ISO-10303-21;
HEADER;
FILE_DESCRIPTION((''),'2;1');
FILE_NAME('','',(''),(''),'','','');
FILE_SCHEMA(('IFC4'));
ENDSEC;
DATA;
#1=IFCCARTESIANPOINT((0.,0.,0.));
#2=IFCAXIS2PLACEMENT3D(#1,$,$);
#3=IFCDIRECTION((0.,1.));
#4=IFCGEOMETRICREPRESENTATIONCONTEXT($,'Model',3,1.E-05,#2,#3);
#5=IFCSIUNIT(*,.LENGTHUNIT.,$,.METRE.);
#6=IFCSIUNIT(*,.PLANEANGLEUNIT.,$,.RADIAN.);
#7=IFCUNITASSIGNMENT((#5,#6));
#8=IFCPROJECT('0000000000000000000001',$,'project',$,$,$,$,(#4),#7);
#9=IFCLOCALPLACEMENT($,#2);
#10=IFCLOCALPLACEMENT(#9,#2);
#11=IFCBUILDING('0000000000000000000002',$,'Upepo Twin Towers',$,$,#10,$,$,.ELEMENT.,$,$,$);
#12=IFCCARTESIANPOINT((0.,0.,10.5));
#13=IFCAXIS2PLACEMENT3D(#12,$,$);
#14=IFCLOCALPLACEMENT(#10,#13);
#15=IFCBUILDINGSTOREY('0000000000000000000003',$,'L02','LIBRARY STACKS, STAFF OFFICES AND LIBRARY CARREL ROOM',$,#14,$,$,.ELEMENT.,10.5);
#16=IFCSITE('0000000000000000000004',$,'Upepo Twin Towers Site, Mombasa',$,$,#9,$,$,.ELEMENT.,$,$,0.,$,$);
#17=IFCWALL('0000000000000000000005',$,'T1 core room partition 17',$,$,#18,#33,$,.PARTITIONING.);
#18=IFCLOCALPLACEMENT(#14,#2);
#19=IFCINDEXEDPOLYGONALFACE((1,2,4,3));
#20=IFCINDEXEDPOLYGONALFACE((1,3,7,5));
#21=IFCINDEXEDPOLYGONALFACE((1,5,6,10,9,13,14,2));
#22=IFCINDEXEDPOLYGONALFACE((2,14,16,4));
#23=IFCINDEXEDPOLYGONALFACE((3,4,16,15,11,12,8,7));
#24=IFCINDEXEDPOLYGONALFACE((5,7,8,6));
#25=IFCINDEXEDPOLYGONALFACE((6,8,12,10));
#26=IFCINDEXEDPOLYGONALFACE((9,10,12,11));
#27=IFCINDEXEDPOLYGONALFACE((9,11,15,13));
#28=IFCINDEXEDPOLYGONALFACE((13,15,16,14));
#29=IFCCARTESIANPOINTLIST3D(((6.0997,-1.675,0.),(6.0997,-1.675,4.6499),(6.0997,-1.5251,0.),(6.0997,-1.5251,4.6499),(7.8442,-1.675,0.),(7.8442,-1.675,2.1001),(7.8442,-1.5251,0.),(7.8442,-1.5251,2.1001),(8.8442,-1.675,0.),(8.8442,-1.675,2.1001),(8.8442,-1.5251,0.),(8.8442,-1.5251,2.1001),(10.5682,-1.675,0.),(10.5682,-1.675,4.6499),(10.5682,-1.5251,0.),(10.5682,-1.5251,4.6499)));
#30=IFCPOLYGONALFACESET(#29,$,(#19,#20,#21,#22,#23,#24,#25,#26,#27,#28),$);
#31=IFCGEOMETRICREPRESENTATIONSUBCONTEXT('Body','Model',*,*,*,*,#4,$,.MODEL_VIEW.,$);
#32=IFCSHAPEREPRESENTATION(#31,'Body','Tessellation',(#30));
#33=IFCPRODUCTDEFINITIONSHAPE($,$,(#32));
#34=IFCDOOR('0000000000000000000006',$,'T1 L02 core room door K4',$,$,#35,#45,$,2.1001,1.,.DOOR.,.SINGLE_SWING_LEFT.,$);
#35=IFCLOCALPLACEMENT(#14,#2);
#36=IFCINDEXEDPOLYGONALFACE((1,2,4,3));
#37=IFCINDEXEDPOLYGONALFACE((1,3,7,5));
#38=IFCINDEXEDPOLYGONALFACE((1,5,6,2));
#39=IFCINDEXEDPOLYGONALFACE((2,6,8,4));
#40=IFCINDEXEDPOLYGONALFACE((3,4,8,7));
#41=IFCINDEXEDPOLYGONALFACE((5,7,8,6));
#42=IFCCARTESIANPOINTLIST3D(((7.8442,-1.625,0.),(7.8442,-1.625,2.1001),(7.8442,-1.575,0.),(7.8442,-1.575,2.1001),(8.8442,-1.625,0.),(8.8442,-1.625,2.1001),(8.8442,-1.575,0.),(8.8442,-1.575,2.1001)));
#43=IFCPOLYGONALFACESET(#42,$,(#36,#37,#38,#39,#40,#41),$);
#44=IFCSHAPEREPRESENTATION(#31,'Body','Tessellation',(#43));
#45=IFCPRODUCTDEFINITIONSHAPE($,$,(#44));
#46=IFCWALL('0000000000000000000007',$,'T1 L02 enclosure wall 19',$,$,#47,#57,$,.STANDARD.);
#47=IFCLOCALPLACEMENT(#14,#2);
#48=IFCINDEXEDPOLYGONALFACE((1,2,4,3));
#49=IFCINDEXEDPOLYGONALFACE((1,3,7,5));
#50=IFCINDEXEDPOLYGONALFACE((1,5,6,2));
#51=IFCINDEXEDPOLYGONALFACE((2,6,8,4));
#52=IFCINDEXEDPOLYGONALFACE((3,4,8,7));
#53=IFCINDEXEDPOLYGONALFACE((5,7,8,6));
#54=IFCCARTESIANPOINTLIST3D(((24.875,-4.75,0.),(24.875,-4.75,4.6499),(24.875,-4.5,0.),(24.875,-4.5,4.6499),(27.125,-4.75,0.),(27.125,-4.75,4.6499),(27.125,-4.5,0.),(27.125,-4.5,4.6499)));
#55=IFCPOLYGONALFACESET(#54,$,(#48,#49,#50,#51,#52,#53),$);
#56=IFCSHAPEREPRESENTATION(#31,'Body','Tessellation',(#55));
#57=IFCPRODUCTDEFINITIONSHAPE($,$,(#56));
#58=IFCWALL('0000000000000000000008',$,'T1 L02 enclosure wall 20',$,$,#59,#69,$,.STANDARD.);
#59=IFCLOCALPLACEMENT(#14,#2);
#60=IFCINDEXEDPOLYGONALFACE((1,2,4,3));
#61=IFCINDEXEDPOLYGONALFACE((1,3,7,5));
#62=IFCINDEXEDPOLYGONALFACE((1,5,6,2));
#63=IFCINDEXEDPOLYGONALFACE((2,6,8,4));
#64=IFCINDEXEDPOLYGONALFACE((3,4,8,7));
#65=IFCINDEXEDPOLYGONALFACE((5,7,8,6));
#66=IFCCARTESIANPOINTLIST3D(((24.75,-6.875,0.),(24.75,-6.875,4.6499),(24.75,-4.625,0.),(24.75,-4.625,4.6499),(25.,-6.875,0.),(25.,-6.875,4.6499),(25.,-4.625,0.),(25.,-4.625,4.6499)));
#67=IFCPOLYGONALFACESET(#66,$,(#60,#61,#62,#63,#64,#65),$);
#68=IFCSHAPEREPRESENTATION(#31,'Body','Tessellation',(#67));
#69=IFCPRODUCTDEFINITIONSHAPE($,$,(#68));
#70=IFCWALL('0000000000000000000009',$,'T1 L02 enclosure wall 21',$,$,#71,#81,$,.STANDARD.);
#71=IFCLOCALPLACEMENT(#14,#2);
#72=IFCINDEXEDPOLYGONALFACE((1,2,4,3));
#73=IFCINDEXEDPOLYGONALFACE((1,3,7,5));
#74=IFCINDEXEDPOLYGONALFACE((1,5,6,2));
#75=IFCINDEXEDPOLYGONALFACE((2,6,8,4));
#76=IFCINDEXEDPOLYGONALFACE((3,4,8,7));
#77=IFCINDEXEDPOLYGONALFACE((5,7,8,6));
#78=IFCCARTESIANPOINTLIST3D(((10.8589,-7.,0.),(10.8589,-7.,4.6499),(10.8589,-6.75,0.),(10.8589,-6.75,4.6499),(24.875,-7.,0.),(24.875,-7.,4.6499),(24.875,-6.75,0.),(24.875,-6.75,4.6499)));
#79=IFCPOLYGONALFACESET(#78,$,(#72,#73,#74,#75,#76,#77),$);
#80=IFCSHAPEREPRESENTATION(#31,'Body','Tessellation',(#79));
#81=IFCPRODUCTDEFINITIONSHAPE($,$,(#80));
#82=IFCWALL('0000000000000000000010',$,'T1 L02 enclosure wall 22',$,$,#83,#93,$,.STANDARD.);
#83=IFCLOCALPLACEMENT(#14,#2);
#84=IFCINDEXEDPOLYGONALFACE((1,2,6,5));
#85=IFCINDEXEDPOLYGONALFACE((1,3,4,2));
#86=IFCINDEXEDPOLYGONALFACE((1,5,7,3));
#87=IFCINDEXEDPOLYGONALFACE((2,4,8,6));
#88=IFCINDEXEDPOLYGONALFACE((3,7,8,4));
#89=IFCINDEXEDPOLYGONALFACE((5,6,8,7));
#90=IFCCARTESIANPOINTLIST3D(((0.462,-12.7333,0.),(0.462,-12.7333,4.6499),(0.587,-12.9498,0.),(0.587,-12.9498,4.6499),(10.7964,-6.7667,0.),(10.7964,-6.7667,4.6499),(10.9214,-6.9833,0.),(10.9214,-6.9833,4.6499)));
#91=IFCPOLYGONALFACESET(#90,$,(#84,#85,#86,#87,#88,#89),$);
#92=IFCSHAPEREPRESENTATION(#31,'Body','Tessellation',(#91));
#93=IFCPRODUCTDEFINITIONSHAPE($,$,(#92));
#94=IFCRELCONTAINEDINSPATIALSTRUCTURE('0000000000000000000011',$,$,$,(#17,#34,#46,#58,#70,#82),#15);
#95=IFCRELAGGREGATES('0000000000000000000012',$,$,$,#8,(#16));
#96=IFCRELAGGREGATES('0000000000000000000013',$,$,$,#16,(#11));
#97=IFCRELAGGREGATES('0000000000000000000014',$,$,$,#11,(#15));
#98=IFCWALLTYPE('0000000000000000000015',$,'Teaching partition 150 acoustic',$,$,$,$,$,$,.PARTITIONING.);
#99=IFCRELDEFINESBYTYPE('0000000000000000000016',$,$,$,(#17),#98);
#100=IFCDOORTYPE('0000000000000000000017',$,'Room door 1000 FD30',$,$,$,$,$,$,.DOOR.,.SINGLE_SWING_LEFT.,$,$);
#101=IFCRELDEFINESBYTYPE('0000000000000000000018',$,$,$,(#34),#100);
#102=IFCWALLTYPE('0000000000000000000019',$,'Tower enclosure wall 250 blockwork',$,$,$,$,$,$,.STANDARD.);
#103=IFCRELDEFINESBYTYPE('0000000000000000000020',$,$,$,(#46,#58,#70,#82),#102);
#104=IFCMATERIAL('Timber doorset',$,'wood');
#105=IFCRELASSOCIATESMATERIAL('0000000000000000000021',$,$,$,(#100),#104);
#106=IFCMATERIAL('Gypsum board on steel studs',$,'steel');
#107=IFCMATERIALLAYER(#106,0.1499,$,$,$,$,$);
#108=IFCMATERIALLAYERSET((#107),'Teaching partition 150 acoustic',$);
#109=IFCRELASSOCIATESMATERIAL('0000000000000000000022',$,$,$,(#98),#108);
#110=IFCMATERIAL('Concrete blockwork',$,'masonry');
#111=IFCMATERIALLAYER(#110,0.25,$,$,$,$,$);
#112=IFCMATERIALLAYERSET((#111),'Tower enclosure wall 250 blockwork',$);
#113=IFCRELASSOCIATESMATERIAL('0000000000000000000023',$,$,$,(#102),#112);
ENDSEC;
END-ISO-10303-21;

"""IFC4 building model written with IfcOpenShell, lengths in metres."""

from ifc_helpers import new_model, si_unit, direction, frame, frame_2d, origin, place, context, subcontext, project, spatial, rectangle, extrude, material, layer, layer_set, type_object, element, fill, save


model = new_model("IFC4")

# Units and contexts
model_context = context("Model", 3, precision=1e-05, world=origin(), true_north=direction((0.0, 1.0)))
body_context = subcontext(model_context, "Body", "Model", "MODEL_VIEW")
ifc_project = project(units=[si_unit("LENGTHUNIT", "METRE"), si_unit("PLANEANGLEUNIT", "RADIAN")], contexts=[model_context])

# Site, building, storey
site_placement = place(None, origin())
site = spatial("IfcSite", under=ifc_project, at=site_placement, Name="Upepo Twin Towers Site, Mombasa", CompositionType="ELEMENT", RefElevation=0.0)
building_placement = place(site_placement, origin())
building = spatial("IfcBuilding", under=site, at=building_placement, Name="Upepo Twin Towers", CompositionType="ELEMENT")
storey_placement = place(building_placement, frame((0.0, 0.0, 10.5)))
storey = spatial("IfcBuildingStorey", under=building, at=storey_placement, Name="L02", Description="LIBRARY STACKS, STAFF OFFICES AND LIBRARY CARREL ROOM", CompositionType="ELEMENT", Elevation=10.5)

# Shared definitions
ifc_material_1 = material(Name="Timber doorset", Category="wood")
door_type_1 = type_object("IfcDoorType", Name="Room door 1000 FD30", OperationType="SINGLE_SWING_LEFT", PredefinedType="DOOR", material=ifc_material_1)

# Shared definitions
ifc_material_2 = material(Name="Gypsum board on steel studs", Category="steel")
ifc_layer_1 = layer(ifc_material_2, 0.1499)
ifc_layer_set_1 = layer_set([ifc_layer_1], Name="Teaching partition 150 acoustic")
wall_type_1 = type_object("IfcWallType", Name="Teaching partition 150 acoustic", PredefinedType="PARTITIONING", material=ifc_layer_set_1)

# Wall, opening, door
wall_1_placement = place(storey_placement, frame((10.5684, -1.6001, 0.0), z_axis=(0.0, 0.0, 1.0), x_axis=(-1.0, 0.0, 0.0)))
wall_1 = element("IfcWall", 1, at=wall_1_placement, inside=storey, type_object=wall_type_1, Name="T1 core room partition 17", PredefinedType="PARTITIONING", context=body_context, shape_type="SweptSolid", body=[
    extrude(rectangle(XDim=4.4685, YDim=0.1499, at=frame_2d((2.2344, 0.0))), origin(), (0.0, 0.0, 1.0), 4.6499),
])
opening_1_placement = place(wall_1_placement, frame((1.7241, 0.0, 0.0)))
opening_1 = element("IfcOpeningElement", 2, at=opening_1_placement, cuts=wall_1, PredefinedType="OPENING", context=body_context, shape_type="SweptSolid", body=[
    extrude(rectangle(XDim=1.0, YDim=2.1001, at=frame_2d((0.5, 1.05))), frame((0.0, 0.085, 0.0), z_axis=(0.0, -1.0, 0.0), x_axis=(1.0, 0.0, 0.0)), (0.0, 0.0, 1.0), 0.1699),
])
door_1_placement = place(opening_1_placement, origin())
door_1 = element("IfcDoor", 3, at=door_1_placement, inside=storey, type_object=door_type_1, Name="T1 L02 core room door K4", OperationType="SINGLE_SWING_LEFT", OverallHeight=2.1001, OverallWidth=1.0, PredefinedType="DOOR", context=body_context, shape_type="SweptSolid", body=[
    extrude(rectangle(XDim=1.0, YDim=2.1001, at=frame_2d((0.5, 1.05))), frame((0.0, 0.0249, 0.0), z_axis=(0.0, -1.0, 0.0), x_axis=(1.0, 0.0, 0.0)), (0.0, 0.0, 1.0), 0.05),
])
fill(opening_1, door_1)

# Walls
ifc_material_3 = material(Name="Concrete blockwork", Category="masonry")
ifc_layer_2 = layer(ifc_material_3, 0.25)
ifc_layer_set_2 = layer_set([ifc_layer_2], Name="Tower enclosure wall 250 blockwork")
wall_type_2 = type_object("IfcWallType", Name="Tower enclosure wall 250 blockwork", PredefinedType="STANDARD", material=ifc_layer_set_2)
for number, where, z_axis, x_axis, name in (
    (4, (27.125, -4.625, 0.0), (0.0, 0.0, 1.0), (-1.0, 0.0, 0.0), "T1 L02 enclosure wall 19"),
    (5, (24.875, -4.625, 0.0), (0.0, 0.0, 1.0), (0.0, -1.0, 0.0), "T1 L02 enclosure wall 20"),
):
    element("IfcWall", number, at=place(storey_placement, frame(where, z_axis=z_axis, x_axis=x_axis)), inside=storey, type_object=wall_type_2, Name=name, PredefinedType="STANDARD", context=body_context, shape_type="SweptSolid", body=[
        extrude(rectangle(XDim=2.25, YDim=0.25, at=frame_2d((1.125, 0.0))), origin(), (0.0, 0.0, 1.0), 4.6499),
    ])
wall_2_placement = place(storey_placement, frame((24.875, -6.875, 0.0), z_axis=(0.0, 0.0, 1.0), x_axis=(-1.0, 0.0, 0.0)))
element("IfcWall", 6, at=wall_2_placement, inside=storey, type_object=wall_type_2, Name="T1 L02 enclosure wall 21", PredefinedType="STANDARD", context=body_context, shape_type="SweptSolid", body=[
    extrude(rectangle(XDim=14.0161, YDim=0.25, at=frame_2d((7.0081, 0.0))), origin(), (0.0, 0.0, 1.0), 4.6499),
])
wall_3_placement = place(storey_placement, frame((10.8589, -6.875, 0.0), z_axis=(0.0, 0.0, 1.0), x_axis=(-0.866028, -0.499996, 0.0)))
element("IfcWall", 7, at=wall_3_placement, inside=storey, type_object=wall_type_2, Name="T1 L02 enclosure wall 22", PredefinedType="STANDARD", context=body_context, shape_type="SweptSolid", body=[
    extrude(rectangle(XDim=11.9331, YDim=0.25, at=frame_2d((5.9666, 0.0))), origin(), (0.0, 0.0, 1.0), 4.6499),
])

save(model, "model.ifc")
